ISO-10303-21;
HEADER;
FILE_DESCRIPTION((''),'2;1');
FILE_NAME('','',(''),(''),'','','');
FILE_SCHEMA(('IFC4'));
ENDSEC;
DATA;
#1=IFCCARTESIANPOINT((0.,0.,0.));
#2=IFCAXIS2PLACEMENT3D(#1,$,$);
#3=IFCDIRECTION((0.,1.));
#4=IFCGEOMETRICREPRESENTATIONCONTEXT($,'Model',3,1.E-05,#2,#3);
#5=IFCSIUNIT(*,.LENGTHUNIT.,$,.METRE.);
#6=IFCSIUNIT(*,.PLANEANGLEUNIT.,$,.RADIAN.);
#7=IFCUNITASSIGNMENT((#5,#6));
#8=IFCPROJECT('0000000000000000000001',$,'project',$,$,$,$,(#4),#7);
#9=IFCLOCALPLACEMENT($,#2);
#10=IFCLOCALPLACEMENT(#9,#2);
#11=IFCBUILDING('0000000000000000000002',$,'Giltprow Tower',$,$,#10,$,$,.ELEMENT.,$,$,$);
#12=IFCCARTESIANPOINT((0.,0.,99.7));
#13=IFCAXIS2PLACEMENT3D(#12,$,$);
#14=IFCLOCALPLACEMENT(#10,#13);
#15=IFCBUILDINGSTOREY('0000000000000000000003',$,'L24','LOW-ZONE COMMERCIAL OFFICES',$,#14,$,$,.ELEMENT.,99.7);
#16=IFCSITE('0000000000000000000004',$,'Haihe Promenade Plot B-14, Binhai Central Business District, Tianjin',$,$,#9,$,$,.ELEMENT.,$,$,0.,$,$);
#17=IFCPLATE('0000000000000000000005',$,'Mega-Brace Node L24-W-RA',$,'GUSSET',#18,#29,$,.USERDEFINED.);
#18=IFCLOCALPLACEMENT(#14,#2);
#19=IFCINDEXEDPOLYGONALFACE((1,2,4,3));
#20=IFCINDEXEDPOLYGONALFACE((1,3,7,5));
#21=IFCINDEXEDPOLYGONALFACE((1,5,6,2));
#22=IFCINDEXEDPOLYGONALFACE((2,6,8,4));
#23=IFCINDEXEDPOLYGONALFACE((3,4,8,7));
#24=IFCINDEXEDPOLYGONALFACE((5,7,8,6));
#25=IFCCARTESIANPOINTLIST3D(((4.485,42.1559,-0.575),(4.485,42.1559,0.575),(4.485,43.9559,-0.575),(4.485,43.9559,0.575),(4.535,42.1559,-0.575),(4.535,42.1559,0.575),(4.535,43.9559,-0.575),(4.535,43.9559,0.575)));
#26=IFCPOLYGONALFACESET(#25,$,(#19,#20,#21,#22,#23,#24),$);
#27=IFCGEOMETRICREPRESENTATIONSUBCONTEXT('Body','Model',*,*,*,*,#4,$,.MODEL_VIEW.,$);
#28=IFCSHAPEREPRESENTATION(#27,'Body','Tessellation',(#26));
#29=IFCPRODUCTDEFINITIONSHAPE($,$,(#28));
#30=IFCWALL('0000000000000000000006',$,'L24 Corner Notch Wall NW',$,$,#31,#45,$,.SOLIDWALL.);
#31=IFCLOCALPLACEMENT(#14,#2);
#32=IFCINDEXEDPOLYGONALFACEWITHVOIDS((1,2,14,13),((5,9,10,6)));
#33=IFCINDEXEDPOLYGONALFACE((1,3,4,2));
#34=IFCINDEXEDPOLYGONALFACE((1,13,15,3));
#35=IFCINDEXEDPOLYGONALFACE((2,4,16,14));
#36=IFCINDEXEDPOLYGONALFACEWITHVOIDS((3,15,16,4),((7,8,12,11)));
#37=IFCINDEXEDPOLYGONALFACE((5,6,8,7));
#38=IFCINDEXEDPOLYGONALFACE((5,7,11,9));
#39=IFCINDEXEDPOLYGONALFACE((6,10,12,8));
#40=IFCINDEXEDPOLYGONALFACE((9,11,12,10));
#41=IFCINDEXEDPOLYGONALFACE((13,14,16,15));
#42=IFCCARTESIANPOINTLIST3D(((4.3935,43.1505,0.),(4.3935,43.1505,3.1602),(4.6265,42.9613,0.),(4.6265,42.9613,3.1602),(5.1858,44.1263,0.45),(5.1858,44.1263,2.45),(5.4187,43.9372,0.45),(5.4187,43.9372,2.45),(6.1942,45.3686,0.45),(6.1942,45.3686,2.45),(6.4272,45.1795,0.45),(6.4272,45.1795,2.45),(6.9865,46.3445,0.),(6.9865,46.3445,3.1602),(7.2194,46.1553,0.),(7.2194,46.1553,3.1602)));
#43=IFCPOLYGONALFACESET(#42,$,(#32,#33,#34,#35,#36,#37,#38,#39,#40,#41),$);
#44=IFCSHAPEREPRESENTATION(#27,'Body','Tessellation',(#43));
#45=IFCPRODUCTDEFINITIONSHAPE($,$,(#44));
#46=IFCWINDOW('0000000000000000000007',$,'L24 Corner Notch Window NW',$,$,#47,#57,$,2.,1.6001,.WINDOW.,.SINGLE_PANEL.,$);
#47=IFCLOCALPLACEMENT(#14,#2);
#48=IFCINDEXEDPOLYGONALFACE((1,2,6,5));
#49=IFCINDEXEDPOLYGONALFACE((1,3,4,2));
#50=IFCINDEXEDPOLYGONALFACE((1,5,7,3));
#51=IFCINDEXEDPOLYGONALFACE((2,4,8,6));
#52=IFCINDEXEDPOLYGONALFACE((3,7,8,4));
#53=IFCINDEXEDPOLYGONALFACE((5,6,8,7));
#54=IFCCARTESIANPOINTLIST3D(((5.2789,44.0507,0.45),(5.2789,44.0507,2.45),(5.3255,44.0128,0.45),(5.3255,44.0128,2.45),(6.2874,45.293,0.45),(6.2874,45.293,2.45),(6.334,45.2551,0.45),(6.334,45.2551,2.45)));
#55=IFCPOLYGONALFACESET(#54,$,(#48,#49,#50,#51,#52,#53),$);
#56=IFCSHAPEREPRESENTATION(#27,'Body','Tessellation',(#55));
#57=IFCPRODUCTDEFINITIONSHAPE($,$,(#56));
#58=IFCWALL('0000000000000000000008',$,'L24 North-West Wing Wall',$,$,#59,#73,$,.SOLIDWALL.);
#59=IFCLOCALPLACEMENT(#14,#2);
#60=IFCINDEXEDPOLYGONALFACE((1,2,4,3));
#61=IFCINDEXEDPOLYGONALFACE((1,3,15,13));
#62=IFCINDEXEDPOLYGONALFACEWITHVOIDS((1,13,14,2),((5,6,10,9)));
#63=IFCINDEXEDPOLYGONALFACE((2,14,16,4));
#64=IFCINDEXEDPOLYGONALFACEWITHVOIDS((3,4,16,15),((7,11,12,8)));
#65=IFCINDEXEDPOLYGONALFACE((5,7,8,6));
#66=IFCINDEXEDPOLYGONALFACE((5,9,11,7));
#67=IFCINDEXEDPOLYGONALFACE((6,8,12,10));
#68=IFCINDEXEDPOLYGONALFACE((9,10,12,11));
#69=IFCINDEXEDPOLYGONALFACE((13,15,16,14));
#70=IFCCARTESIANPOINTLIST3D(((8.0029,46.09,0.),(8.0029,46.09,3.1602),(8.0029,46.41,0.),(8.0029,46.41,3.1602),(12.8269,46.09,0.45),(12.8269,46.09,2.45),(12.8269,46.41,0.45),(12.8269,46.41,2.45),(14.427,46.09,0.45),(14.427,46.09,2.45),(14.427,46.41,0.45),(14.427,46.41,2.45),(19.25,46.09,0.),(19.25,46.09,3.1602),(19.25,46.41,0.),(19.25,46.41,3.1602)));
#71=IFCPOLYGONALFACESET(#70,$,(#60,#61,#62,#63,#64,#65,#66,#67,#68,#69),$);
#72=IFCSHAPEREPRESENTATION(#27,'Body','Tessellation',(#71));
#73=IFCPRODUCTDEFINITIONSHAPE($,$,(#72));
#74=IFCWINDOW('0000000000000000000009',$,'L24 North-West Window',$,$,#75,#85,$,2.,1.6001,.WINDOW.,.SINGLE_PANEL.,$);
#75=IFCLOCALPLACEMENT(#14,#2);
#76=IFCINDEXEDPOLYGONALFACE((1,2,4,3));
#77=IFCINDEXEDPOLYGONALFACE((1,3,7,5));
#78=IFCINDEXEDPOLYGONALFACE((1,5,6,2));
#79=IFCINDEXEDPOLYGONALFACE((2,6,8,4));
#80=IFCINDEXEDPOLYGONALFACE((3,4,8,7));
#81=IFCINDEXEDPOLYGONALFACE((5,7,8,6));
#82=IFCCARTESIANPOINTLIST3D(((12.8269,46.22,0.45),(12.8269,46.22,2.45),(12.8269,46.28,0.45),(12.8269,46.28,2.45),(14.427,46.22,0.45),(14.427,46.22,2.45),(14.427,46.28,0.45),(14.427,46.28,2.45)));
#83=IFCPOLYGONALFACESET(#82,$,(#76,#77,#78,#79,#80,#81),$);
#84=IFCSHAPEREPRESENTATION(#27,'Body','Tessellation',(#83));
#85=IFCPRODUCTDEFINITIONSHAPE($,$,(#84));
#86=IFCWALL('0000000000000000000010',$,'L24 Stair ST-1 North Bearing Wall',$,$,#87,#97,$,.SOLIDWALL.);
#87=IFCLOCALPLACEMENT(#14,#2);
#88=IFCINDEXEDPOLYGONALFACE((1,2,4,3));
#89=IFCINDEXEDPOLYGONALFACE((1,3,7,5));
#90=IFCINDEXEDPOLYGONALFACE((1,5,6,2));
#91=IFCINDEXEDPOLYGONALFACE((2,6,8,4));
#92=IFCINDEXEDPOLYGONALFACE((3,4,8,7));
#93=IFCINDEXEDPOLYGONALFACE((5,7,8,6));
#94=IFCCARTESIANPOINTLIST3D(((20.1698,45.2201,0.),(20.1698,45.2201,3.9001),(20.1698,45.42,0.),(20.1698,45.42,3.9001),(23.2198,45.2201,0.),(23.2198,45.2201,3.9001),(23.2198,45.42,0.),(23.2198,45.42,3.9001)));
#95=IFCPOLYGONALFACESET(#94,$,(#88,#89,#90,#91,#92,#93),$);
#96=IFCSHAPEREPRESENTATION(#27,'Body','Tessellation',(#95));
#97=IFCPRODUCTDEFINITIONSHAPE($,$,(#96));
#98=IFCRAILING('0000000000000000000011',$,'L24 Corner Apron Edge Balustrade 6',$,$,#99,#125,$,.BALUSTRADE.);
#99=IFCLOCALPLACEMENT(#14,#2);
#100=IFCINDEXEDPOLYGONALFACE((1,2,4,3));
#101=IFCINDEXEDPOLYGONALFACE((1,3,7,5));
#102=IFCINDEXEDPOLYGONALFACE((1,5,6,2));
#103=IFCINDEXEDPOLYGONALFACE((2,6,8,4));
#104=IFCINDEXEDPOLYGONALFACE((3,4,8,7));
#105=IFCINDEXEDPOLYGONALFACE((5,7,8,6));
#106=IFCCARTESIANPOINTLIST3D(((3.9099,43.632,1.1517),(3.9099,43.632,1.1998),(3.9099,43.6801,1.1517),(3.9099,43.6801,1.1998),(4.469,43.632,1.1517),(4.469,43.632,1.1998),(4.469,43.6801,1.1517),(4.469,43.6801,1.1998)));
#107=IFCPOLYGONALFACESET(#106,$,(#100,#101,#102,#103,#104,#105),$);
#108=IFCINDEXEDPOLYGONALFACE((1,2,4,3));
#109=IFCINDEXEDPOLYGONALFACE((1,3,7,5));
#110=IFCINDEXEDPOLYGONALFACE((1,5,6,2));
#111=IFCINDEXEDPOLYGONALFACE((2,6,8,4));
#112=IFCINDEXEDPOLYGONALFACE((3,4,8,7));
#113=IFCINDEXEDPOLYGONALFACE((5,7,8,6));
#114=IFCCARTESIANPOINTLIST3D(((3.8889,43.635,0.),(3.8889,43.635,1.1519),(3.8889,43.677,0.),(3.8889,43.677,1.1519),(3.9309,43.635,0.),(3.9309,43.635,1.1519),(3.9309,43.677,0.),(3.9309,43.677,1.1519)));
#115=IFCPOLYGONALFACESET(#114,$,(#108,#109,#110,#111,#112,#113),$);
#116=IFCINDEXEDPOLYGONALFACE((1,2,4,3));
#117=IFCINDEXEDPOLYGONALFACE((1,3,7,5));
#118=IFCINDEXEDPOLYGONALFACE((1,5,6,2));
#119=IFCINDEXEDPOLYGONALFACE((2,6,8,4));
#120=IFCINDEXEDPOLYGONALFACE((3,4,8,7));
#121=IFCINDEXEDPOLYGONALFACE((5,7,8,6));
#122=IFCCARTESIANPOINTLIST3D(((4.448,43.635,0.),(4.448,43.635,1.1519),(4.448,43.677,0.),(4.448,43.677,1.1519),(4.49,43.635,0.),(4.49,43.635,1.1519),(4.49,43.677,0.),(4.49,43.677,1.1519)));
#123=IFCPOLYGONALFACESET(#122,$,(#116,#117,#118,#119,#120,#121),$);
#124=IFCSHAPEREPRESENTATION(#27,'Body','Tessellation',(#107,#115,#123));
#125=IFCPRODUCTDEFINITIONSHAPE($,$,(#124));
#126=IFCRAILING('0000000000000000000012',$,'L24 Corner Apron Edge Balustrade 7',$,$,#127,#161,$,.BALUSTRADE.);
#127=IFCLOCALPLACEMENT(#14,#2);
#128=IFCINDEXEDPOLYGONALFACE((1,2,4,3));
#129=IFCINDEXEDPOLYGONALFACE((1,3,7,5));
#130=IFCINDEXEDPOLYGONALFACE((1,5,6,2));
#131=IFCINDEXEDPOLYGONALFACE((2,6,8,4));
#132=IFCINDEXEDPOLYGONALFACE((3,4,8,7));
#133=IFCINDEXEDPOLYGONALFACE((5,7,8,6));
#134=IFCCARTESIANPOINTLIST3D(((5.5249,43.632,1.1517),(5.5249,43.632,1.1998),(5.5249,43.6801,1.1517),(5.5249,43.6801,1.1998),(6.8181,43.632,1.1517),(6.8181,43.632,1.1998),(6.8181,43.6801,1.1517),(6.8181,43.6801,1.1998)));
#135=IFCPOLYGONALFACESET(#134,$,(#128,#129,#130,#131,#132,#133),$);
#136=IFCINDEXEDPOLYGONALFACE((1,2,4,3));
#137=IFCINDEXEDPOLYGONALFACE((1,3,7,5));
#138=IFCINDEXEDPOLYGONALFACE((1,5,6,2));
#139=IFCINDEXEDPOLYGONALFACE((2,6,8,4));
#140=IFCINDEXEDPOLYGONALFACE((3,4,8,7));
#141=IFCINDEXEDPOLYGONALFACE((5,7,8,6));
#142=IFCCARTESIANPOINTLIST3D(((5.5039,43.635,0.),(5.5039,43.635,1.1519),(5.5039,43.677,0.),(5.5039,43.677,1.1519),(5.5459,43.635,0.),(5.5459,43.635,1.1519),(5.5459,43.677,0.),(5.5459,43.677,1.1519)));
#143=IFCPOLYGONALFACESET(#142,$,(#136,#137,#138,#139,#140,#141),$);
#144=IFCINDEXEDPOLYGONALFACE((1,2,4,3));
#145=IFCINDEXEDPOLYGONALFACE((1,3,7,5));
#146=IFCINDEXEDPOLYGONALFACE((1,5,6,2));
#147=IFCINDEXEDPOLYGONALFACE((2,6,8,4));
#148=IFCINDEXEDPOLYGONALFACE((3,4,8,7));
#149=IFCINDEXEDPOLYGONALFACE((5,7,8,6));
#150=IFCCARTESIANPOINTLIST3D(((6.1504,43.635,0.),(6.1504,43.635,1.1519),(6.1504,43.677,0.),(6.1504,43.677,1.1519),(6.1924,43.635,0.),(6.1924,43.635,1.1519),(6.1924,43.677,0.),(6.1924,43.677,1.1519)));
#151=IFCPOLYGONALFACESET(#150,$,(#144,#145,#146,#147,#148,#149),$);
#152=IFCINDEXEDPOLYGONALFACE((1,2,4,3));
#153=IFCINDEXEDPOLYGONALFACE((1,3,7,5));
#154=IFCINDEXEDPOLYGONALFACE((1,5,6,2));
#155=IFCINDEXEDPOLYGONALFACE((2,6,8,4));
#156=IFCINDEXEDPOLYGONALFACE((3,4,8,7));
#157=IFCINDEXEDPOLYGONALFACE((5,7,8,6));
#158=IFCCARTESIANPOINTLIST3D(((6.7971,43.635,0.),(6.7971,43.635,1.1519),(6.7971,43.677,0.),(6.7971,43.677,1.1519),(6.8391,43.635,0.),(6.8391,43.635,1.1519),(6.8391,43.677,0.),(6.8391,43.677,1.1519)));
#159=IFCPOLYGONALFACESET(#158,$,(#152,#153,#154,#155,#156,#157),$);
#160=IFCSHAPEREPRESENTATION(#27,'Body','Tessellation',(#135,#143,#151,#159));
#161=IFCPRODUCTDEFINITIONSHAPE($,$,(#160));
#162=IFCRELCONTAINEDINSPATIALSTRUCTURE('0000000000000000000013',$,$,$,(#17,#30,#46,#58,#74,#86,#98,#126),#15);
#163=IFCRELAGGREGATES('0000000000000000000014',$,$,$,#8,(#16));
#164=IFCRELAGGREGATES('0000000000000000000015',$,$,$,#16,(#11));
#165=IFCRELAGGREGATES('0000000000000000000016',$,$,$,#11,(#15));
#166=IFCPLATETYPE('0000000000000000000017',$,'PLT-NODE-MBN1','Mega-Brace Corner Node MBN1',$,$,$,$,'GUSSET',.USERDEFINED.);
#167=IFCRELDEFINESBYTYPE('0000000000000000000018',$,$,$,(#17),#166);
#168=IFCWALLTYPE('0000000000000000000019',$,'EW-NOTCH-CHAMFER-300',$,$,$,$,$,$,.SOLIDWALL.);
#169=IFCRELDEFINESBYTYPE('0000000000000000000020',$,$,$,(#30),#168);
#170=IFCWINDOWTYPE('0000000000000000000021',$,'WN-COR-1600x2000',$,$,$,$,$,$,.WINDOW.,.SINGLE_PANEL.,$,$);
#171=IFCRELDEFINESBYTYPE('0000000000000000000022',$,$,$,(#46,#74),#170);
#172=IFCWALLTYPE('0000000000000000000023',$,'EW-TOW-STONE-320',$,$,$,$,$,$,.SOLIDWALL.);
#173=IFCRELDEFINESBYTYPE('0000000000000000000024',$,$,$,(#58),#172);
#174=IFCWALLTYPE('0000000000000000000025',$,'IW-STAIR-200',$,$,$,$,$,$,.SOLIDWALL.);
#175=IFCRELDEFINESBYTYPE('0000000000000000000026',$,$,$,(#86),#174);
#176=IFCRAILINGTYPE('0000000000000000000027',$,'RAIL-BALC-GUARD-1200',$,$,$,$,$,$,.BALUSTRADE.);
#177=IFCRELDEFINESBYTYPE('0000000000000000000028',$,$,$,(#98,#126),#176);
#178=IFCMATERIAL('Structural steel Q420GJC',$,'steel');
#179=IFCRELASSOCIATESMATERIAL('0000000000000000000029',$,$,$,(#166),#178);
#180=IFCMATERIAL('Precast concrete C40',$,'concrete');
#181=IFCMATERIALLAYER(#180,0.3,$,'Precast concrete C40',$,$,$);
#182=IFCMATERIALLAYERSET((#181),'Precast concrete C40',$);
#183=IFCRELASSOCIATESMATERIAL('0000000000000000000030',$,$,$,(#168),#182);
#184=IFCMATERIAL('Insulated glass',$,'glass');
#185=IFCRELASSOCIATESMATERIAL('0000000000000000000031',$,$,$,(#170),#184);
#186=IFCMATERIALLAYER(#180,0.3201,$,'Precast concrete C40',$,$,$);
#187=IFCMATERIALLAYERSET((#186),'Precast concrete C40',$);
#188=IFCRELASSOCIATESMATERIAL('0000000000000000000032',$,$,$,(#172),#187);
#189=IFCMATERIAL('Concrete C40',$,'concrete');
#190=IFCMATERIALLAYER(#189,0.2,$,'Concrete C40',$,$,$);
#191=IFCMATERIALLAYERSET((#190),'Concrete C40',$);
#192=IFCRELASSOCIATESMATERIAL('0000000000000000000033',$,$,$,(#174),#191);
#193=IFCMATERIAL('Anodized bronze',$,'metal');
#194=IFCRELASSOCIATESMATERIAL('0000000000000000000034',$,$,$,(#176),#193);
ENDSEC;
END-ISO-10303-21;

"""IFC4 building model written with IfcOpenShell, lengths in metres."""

from ifc_helpers import new_model, si_unit, direction, frame, frame_2d, origin, origin_2d, place, context, subcontext, project, spatial, rectangle, extrude, source, transform, mapped, material, layer, layer_set, type_object, element, fill, save


model = new_model("IFC4")

# Units and contexts
model_context = context("Model", 3, precision=1e-05, world=origin(), true_north=direction((0.0, 1.0)))
body_context = subcontext(model_context, "Body", "Model", "MODEL_VIEW")
ifc_project = project(units=[si_unit("LENGTHUNIT", "METRE"), si_unit("PLANEANGLEUNIT", "RADIAN")], contexts=[model_context])

# Site, building, storey
site_placement = place(None, origin())
site = spatial("IfcSite", under=ifc_project, at=site_placement, Name="Haihe Promenade Plot B-14, Binhai Central Business District, Tianjin", CompositionType="ELEMENT", RefElevation=0.0)
building_placement = place(site_placement, origin())
building = spatial("IfcBuilding", under=site, at=building_placement, Name="Giltprow Tower", CompositionType="ELEMENT")
storey_placement = place(building_placement, frame((0.0, 0.0, 99.7)))
storey = spatial("IfcBuildingStorey", under=building, at=storey_placement, Name="L24", Description="LOW-ZONE COMMERCIAL OFFICES", CompositionType="ELEMENT", Elevation=99.7)

# Shared definitions
ifc_material_1 = material(Name="Structural steel Q420GJC", Category="steel")

# Plate
plate_type = type_object("IfcPlateType", Name="PLT-NODE-MBN1", Description="Mega-Brace Corner Node MBN1", ElementType="GUSSET", PredefinedType="USERDEFINED", material=ifc_material_1)
shared_shape_1 = source(origin(), body_context, "Body", "SweptSolid", [
    extrude(rectangle(XDim=1.8, YDim=0.05, at=origin_2d()), origin(), (0.0, 0.0, 1.0), 1.1499),
])
for number, where, z_axis, x_axis, name in (
    (1, (4.51, 43.0559, -0.575), (0.0, 0.0, 1.0), (0.0, 1.0, 0.0), "Mega-Brace Node L24-W-RA"),
):
    element("IfcPlate", number, at=place(storey_placement, frame(where, z_axis=z_axis, x_axis=x_axis)), inside=storey, type_object=plate_type, Name=name, ObjectType="GUSSET", PredefinedType="USERDEFINED", context=body_context, shape_type="MappedRepresentation", body=[
        mapped(shared_shape_1, transform((0.0, 0.0, 0.0), x_axis=(1.0, 0.0, 0.0), y_axis=(0.0, 1.0, 0.0), z_axis=(0.0, 0.0, 1.0), scale=1.0)),
    ])

# Walls, openings, windows
ifc_material_2 = material(Name="Precast concrete C40", Category="concrete")
ifc_layer_1 = layer(ifc_material_2, 0.3, Name="Precast concrete C40")
ifc_layer_set_1 = layer_set([ifc_layer_1], Name="Precast concrete C40")
wall_type_1 = type_object("IfcWallType", Name="EW-NOTCH-CHAMFER-300", PredefinedType="SOLIDWALL", material=ifc_layer_set_1)
wall_1_placement = place(storey_placement, frame((7.103, 46.25, 0.0), z_axis=(0.0, 0.0, 1.0), x_axis=(-0.630273, -0.776374, 0.0)))
wall_1 = element("IfcWall", 2, at=wall_1_placement, inside=storey, type_object=wall_type_1, Name="L24 Corner Notch Wall NW", PredefinedType="SOLIDWALL", context=body_context, shape_type="SweptSolid", body=[
    extrude(rectangle(XDim=4.114, YDim=0.3, at=frame_2d((2.0571, 0.0))), origin(), (0.0, 0.0, 1.0), 3.1602),
])
opening_1_placement = place(wall_1_placement, frame((1.2571, 0.0, 0.45)))
opening_1 = element("IfcOpeningElement", 3, at=opening_1_placement, cuts=wall_1, PredefinedType="OPENING", context=body_context, shape_type="SweptSolid", body=[
    extrude(rectangle(XDim=1.6001, YDim=2.0, at=frame_2d((0.8, 1.0))), frame((0.0, 0.1599, 0.0), z_axis=(0.0, -1.0, 0.0), x_axis=(1.0, 0.0, 0.0)), (0.0, 0.0, 1.0), 0.3201),
])
ifc_material_3 = material(Name="Insulated glass", Category="glass")
window_type = type_object("IfcWindowType", Name="WN-COR-1600x2000", PartitioningType="SINGLE_PANEL", PredefinedType="WINDOW", material=ifc_material_3)
shared_shape_2 = source(origin(), body_context, "Body", "SweptSolid", [
    extrude(rectangle(XDim=1.6001, YDim=2.0, at=frame_2d((0.8, 1.0))), frame((0.0, 0.03, 0.0), z_axis=(0.0, -1.0, 0.0), x_axis=(1.0, 0.0, 0.0)), (0.0, 0.0, 1.0), 0.0601),
])
window_1_placement = place(opening_1_placement, origin())
window_1 = element("IfcWindow", 4, at=window_1_placement, inside=storey, type_object=window_type, Name="L24 Corner Notch Window NW", OverallHeight=2.0, OverallWidth=1.6001, PartitioningType="SINGLE_PANEL", PredefinedType="WINDOW", context=body_context, shape_type="MappedRepresentation", body=[
    mapped(shared_shape_2, transform((0.0, 0.0, 0.0), x_axis=(1.0, 0.0, 0.0), y_axis=(0.0, 1.0, 0.0), z_axis=(0.0, 0.0, 1.0), scale=1.0)),
])
fill(opening_1, window_1)
ifc_layer_2 = layer(ifc_material_2, 0.3201, Name="Precast concrete C40")
ifc_layer_set_2 = layer_set([ifc_layer_2], Name="Precast concrete C40")
wall_type_2 = type_object("IfcWallType", Name="EW-TOW-STONE-320", PredefinedType="SOLIDWALL", material=ifc_layer_set_2)
wall_2_placement = place(storey_placement, frame((8.0029, 46.25, 0.0), z_axis=(0.0, 0.0, 1.0), x_axis=(1.0, 0.0, 0.0)))
wall_2 = element("IfcWall", 5, at=wall_2_placement, inside=storey, type_object=wall_type_2, Name="L24 North-West Wing Wall", PredefinedType="SOLIDWALL", context=body_context, shape_type="SweptSolid", body=[
    extrude(rectangle(XDim=11.2471, YDim=0.3201, at=frame_2d((5.6235, 0.0))), origin(), (0.0, 0.0, 1.0), 3.1602),
])
opening_2_placement = place(wall_2_placement, frame((4.824, 0.0, 0.45)))
opening_2 = element("IfcOpeningElement", 6, at=opening_2_placement, cuts=wall_2, PredefinedType="OPENING", context=body_context, shape_type="SweptSolid", body=[
    extrude(rectangle(XDim=1.6001, YDim=2.0, at=frame_2d((0.8, 1.0))), frame((0.0, 0.1699, 0.0), z_axis=(0.0, -1.0, 0.0), x_axis=(1.0, 0.0, 0.0)), (0.0, 0.0, 1.0), 0.3401),
])
window_2_placement = place(opening_2_placement, origin())
window_2 = element("IfcWindow", 7, at=window_2_placement, inside=storey, type_object=window_type, Name="L24 North-West Window", OverallHeight=2.0, OverallWidth=1.6001, PartitioningType="SINGLE_PANEL", PredefinedType="WINDOW", context=body_context, shape_type="MappedRepresentation", body=[
    mapped(shared_shape_2, transform((0.0, 0.0, 0.0), x_axis=(1.0, 0.0, 0.0), y_axis=(0.0, 1.0, 0.0), z_axis=(0.0, 0.0, 1.0), scale=1.0)),
])
fill(opening_2, window_2)

# Wall
ifc_material_4 = material(Name="Concrete C40", Category="concrete")
ifc_layer_3 = layer(ifc_material_4, 0.2, Name="Concrete C40")
ifc_layer_set_3 = layer_set([ifc_layer_3], Name="Concrete C40")
wall_type_3 = type_object("IfcWallType", Name="IW-STAIR-200", PredefinedType="SOLIDWALL", material=ifc_layer_set_3)
wall_3_placement = place(storey_placement, frame((20.1699, 45.3201, 0.0), z_axis=(0.0, 0.0, 1.0), x_axis=(1.0, 0.0, 0.0)))
element("IfcWall", 8, at=wall_3_placement, inside=storey, type_object=wall_type_3, Name="L24 Stair ST-1 North Bearing Wall", PredefinedType="SOLIDWALL", context=body_context, shape_type="SweptSolid", body=[
    extrude(rectangle(XDim=3.05, YDim=0.2, at=frame_2d((1.5249, 0.0))), origin(), (0.0, 0.0, 1.0), 3.9001),
])

# Railings
ifc_material_5 = material(Name="Anodized bronze", Category="metal")
railing_type = type_object("IfcRailingType", Name="RAIL-BALC-GUARD-1200", PredefinedType="BALUSTRADE", material=ifc_material_5)
railing_1_placement = place(storey_placement, frame((3.9099, 43.656, 0.0)))
element("IfcRailing", 9, at=railing_1_placement, inside=storey, type_object=railing_type, Name="L24 Corner Apron Edge Balustrade 6", PredefinedType="BALUSTRADE", context=body_context, shape_type="SweptSolid", body=[
    extrude(rectangle(XDim=0.0481, YDim=0.0481, at=origin_2d()), frame((0.0, 0.0, 1.1758), z_axis=(1.0, 0.0, 0.0), x_axis=(0.0, 1.0, 0.0)), (0.0, 0.0, 1.0), 0.5591),
    extrude(rectangle(XDim=0.042, YDim=0.042, at=origin_2d()), origin(), (0.0, 0.0, 1.0), 1.1519),
    extrude(rectangle(XDim=0.042, YDim=0.042, at=origin_2d()), frame((0.5591, 0.0, 0.0)), (0.0, 0.0, 1.0), 1.1519),
])
railing_2_placement = place(storey_placement, frame((5.5249, 43.656, 0.0)))
element("IfcRailing", 10, at=railing_2_placement, inside=storey, type_object=railing_type, Name="L24 Corner Apron Edge Balustrade 7", PredefinedType="BALUSTRADE", context=body_context, shape_type="SweptSolid", body=[
    extrude(rectangle(XDim=0.0481, YDim=0.0481, at=origin_2d()), frame((0.0, 0.0, 1.1758), z_axis=(1.0, 0.0, 0.0), x_axis=(0.0, 1.0, 0.0)), (0.0, 0.0, 1.0), 1.2932),
    extrude(rectangle(XDim=0.042, YDim=0.042, at=origin_2d()), origin(), (0.0, 0.0, 1.0), 1.1519),
    extrude(rectangle(XDim=0.042, YDim=0.042, at=origin_2d()), frame((0.6465, 0.0, 0.0)), (0.0, 0.0, 1.0), 1.1519),
    extrude(rectangle(XDim=0.042, YDim=0.042, at=origin_2d()), frame((1.2932, 0.0, 0.0)), (0.0, 0.0, 1.0), 1.1519),
])

save(model, "model.ifc")
